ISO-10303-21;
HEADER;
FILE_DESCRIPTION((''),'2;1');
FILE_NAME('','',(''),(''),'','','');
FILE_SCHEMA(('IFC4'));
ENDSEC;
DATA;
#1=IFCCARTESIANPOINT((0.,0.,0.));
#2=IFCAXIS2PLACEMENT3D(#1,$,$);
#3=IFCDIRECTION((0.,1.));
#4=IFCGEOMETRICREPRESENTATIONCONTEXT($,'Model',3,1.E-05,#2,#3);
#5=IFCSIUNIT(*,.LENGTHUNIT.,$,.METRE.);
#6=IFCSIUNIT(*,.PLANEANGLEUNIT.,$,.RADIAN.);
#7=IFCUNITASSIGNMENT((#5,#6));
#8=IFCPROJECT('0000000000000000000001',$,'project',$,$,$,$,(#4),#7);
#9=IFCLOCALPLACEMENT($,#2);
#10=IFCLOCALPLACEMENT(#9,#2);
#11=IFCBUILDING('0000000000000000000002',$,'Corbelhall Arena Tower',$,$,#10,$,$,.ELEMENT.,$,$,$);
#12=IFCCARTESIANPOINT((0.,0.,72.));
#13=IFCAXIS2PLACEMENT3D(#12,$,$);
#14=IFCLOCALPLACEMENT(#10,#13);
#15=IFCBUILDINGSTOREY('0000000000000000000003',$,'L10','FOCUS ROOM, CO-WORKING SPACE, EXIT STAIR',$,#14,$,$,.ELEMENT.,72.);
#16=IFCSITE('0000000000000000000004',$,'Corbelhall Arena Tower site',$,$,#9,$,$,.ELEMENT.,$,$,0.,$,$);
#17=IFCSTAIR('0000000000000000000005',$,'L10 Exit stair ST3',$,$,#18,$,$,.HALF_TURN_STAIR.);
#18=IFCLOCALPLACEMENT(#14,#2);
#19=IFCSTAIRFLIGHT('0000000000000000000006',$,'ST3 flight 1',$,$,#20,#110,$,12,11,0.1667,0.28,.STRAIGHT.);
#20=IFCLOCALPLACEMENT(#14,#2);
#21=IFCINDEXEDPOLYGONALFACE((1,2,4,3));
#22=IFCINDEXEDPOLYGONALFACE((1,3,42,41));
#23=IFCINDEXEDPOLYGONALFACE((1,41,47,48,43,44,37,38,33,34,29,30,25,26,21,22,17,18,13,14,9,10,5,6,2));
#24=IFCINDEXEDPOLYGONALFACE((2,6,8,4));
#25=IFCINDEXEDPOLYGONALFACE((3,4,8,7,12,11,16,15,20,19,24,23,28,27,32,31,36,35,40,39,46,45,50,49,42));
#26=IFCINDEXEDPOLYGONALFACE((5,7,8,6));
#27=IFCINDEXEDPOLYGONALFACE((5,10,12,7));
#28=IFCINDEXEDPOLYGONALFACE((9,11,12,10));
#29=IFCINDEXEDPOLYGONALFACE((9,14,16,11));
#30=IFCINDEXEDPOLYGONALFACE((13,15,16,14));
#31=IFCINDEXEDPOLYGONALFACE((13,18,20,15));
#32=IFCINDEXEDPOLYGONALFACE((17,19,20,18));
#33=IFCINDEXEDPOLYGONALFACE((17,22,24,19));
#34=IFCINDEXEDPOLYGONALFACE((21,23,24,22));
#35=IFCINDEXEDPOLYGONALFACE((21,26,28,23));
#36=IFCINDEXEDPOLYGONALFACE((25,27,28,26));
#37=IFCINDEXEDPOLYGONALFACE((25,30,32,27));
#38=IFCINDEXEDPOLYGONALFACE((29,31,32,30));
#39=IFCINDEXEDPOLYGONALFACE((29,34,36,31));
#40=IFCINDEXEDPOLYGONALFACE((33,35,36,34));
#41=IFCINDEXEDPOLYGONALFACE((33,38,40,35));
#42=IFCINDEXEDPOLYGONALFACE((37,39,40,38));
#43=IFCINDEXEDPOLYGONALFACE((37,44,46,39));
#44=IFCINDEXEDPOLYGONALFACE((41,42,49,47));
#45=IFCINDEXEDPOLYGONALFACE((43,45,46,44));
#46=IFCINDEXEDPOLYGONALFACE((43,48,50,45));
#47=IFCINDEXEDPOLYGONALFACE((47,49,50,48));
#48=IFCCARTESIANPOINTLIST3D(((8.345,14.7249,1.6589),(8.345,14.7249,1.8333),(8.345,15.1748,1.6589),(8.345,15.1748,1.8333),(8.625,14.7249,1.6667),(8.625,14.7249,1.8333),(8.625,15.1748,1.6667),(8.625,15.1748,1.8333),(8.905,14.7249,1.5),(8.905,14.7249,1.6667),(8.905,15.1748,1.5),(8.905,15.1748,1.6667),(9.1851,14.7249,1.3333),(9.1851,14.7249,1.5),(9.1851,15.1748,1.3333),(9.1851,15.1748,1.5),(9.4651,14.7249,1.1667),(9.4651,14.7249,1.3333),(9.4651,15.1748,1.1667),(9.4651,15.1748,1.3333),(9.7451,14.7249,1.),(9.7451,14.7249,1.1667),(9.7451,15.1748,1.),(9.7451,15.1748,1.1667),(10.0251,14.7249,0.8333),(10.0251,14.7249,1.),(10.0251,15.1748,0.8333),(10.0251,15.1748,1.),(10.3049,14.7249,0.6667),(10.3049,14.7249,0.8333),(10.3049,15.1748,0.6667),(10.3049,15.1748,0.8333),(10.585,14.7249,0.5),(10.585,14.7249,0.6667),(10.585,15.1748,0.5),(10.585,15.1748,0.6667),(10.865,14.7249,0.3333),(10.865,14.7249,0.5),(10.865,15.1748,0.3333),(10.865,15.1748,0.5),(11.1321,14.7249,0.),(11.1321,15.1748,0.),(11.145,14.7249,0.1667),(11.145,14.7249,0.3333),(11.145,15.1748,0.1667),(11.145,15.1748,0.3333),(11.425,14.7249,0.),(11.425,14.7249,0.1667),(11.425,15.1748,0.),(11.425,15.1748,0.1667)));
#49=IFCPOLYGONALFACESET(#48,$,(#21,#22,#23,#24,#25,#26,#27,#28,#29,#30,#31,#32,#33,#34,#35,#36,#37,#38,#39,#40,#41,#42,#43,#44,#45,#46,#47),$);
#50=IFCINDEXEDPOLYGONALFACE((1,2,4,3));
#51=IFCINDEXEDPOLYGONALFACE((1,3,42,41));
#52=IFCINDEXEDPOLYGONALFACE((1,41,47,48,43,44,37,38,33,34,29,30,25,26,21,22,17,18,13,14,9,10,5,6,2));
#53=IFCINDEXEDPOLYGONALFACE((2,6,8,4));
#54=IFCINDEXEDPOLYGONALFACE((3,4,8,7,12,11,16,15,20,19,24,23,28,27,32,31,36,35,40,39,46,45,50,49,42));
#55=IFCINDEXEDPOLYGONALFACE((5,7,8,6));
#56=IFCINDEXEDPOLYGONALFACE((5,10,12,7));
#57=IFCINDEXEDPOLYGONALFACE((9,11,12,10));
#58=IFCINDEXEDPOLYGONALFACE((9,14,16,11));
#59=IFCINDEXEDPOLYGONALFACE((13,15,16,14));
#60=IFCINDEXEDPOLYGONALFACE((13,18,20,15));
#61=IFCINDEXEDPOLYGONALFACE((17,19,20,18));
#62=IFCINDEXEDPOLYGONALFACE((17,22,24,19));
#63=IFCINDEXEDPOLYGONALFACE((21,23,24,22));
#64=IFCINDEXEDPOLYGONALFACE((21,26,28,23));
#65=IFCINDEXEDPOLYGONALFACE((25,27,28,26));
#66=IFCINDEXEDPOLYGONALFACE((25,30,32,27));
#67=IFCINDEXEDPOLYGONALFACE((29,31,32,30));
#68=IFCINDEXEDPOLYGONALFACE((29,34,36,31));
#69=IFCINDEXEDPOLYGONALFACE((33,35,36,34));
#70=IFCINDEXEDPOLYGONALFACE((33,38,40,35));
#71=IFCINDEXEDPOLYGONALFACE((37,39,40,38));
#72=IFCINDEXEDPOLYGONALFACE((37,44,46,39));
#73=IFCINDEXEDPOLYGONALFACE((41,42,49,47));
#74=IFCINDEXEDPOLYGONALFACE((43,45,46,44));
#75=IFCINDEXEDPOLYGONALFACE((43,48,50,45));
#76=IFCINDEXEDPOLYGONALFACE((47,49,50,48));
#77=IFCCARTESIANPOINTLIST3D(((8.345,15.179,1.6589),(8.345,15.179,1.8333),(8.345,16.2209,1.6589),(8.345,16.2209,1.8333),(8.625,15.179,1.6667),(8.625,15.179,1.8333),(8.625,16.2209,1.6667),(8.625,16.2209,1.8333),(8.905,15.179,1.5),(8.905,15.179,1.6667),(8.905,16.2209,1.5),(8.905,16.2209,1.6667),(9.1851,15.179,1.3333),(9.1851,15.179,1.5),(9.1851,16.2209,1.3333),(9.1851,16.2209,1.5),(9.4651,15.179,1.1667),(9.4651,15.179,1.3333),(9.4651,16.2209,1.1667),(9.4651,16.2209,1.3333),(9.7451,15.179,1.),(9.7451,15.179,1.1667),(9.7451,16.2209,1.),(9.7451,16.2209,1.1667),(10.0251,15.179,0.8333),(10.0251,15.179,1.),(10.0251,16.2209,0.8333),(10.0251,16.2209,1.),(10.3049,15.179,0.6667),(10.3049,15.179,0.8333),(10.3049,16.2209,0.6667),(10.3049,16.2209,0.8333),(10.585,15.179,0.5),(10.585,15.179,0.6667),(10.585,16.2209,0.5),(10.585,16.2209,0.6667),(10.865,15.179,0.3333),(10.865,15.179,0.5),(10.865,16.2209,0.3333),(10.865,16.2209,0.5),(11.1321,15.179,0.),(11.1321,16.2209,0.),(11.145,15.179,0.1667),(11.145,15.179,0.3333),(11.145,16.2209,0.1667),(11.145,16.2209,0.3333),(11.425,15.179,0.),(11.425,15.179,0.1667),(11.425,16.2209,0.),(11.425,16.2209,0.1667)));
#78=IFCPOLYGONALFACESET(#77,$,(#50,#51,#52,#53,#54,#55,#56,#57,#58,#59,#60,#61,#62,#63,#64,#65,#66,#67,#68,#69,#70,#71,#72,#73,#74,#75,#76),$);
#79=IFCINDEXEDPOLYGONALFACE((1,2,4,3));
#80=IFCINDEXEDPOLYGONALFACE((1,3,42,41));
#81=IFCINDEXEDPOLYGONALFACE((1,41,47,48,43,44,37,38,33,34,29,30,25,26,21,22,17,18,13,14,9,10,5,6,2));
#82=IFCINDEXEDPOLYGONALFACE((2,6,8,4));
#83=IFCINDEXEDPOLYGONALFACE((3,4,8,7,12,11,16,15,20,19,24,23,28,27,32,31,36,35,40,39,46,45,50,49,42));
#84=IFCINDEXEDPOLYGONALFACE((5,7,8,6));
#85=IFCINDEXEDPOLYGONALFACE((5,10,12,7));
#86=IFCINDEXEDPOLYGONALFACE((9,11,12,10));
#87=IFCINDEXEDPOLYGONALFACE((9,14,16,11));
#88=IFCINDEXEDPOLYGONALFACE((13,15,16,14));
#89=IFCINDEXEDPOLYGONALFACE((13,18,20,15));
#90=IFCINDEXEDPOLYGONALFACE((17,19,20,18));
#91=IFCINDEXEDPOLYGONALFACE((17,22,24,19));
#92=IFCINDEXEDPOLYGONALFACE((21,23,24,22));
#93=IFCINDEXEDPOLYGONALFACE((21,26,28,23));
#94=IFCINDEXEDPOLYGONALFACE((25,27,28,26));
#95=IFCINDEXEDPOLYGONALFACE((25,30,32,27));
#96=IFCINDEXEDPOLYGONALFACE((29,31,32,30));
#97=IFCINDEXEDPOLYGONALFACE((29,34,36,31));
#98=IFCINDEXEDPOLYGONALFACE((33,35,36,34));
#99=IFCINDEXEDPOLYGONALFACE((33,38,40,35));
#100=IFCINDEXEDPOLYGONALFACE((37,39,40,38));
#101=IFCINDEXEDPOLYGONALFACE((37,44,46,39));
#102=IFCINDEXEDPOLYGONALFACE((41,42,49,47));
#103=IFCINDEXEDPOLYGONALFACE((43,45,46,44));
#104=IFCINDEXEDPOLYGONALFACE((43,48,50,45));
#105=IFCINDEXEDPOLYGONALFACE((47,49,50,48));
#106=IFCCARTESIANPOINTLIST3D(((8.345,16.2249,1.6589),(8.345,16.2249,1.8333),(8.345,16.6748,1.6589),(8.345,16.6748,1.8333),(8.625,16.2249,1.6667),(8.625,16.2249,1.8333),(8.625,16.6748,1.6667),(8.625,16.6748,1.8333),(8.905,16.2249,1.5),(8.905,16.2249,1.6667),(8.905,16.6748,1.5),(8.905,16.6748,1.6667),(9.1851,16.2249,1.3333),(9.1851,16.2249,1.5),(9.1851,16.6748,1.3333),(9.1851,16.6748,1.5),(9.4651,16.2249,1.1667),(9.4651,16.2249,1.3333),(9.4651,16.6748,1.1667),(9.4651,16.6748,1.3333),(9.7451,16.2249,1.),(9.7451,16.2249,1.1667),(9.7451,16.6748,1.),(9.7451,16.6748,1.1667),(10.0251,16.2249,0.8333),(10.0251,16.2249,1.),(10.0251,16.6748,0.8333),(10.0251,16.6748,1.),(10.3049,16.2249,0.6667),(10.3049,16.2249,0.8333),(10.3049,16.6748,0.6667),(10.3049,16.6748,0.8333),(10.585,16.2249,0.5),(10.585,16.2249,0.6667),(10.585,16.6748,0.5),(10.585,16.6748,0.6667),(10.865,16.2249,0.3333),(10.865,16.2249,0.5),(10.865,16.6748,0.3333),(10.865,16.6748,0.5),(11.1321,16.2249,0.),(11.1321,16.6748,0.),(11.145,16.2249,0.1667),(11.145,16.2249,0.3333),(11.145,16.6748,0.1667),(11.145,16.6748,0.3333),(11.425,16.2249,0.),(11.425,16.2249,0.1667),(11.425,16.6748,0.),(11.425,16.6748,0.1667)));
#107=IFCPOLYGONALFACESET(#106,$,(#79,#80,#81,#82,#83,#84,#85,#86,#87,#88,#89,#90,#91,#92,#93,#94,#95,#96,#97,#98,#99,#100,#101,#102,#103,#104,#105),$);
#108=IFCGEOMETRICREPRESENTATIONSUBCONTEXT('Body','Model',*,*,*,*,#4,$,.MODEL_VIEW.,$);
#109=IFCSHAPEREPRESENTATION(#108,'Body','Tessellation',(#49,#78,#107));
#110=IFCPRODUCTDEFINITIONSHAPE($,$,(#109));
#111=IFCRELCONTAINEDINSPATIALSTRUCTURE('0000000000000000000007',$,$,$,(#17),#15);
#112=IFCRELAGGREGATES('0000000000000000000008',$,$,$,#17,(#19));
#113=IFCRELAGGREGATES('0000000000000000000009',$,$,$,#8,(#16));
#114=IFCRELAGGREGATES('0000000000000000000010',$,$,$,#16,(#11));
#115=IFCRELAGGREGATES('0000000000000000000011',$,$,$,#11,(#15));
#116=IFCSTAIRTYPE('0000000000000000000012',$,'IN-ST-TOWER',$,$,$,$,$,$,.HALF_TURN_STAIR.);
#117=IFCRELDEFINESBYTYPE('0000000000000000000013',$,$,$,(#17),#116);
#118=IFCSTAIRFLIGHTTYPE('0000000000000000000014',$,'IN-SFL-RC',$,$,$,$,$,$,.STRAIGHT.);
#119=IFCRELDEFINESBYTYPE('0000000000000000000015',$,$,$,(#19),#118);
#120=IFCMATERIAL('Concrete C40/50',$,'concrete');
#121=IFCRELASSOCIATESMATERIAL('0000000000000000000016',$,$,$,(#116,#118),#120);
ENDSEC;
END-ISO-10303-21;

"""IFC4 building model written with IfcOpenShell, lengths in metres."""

from ifc_helpers import new_model, si_unit, direction, frame, origin, place, context, subcontext, project, spatial, polyline, outline, extrude, material, type_object, element, aggregate, save


model = new_model("IFC4")

# Units and contexts
model_context = context("Model", 3, precision=1e-05, world=origin(), true_north=direction((0.0, 1.0)))
body_context = subcontext(model_context, "Body", "Model", "MODEL_VIEW")
ifc_project = project(units=[si_unit("LENGTHUNIT", "METRE"), si_unit("PLANEANGLEUNIT", "RADIAN")], contexts=[model_context])

# Site, building, storey
site_placement = place(None, origin())
site = spatial("IfcSite", under=ifc_project, at=site_placement, Name="Corbelhall Arena Tower site", CompositionType="ELEMENT", RefElevation=0.0)
building_placement = place(site_placement, origin())
building = spatial("IfcBuilding", under=site, at=building_placement, Name="Corbelhall Arena Tower", CompositionType="ELEMENT")
storey_placement = place(building_placement, frame((0.0, 0.0, 72.0)))
storey = spatial("IfcBuildingStorey", under=building, at=storey_placement, Name="L10", Description="FOCUS ROOM, CO-WORKING SPACE, EXIT STAIR", CompositionType="ELEMENT", Elevation=72.0)

# Shared definitions
ifc_material_1 = material(Name="Concrete C40/50", Category="concrete")

# Stair, stair flight
stair_type = type_object("IfcStairType", Name="IN-ST-TOWER", PredefinedType="HALF_TURN_STAIR", material=ifc_material_1)
stair_placement = place(storey_placement, origin())
stair = element("IfcStair", 1, at=stair_placement, inside=storey, type_object=stair_type, Name="L10 Exit stair ST3", PredefinedType="HALF_TURN_STAIR")
stair_flight_type = type_object("IfcStairFlightType", Name="IN-SFL-RC", PredefinedType="STRAIGHT", material=ifc_material_1)
stair_flight_1_placement = place(storey_placement, frame((11.425, 15.7, 0.0), z_axis=(0.0, 0.0, 1.0), x_axis=(-1.0, 0.0, 0.0)))
stair_flight_1 = element("IfcStairFlight", 2, at=stair_flight_1_placement, type_object=stair_flight_type, Name="ST3 flight 1", NumberOfRisers=12, NumberOfTreads=11, PredefinedType="STRAIGHT", RiserHeight=0.1667, TreadLength=0.28, context=body_context, shape_type="SweptSolid", body=[
    extrude(outline(polyline([(0.0, 0.0), (0.0, 0.1667), (0.28, 0.1667), (0.28, 0.3333), (0.5601, 0.3333), (0.5601, 0.5), (0.8401, 0.5), (0.8401, 0.6667), (1.1201, 0.6667), (1.1201, 0.8333), (1.3999, 0.8333), (1.3999, 1.0), (1.6799, 1.0), (1.6799, 1.1667), (1.96, 1.1667), (1.96, 1.3333), (2.24, 1.3333), (2.24, 1.5), (2.52, 1.5), (2.52, 1.6667), (2.8, 1.6667), (2.8, 1.8333), (3.0801, 1.8333), (3.0801, 2.0), (3.0801, 1.6589), (0.293, 0.0), (0.0, 0.0)])), frame((0.0, 0.9751, 0.0), z_axis=(0.0, -1.0, 0.0), x_axis=(1.0, 0.0, 0.0)), (0.0, 0.0, 1.0), 0.45),
    extrude(outline(polyline([(0.0, 0.0), (0.0, 0.1667), (0.28, 0.1667), (0.28, 0.3333), (0.5601, 0.3333), (0.5601, 0.5), (0.8401, 0.5), (0.8401, 0.6667), (1.1201, 0.6667), (1.1201, 0.8333), (1.3999, 0.8333), (1.3999, 1.0), (1.6799, 1.0), (1.6799, 1.1667), (1.96, 1.1667), (1.96, 1.3333), (2.24, 1.3333), (2.24, 1.5), (2.52, 1.5), (2.52, 1.6667), (2.8, 1.6667), (2.8, 1.8333), (3.0801, 1.8333), (3.0801, 2.0), (3.0801, 1.6589), (0.293, 0.0), (0.0, 0.0)])), frame((0.0, 0.521, 0.0), z_axis=(0.0, -1.0, 0.0), x_axis=(1.0, 0.0, 0.0)), (0.0, 0.0, 1.0), 1.042),
    extrude(outline(polyline([(0.0, 0.0), (0.0, 0.1667), (0.28, 0.1667), (0.28, 0.3333), (0.5601, 0.3333), (0.5601, 0.5), (0.8401, 0.5), (0.8401, 0.6667), (1.1201, 0.6667), (1.1201, 0.8333), (1.3999, 0.8333), (1.3999, 1.0), (1.6799, 1.0), (1.6799, 1.1667), (1.96, 1.1667), (1.96, 1.3333), (2.24, 1.3333), (2.24, 1.5), (2.52, 1.5), (2.52, 1.6667), (2.8, 1.6667), (2.8, 1.8333), (3.0801, 1.8333), (3.0801, 2.0), (3.0801, 1.6589), (0.293, 0.0), (0.0, 0.0)])), frame((0.0, -0.5249, 0.0), z_axis=(0.0, -1.0, 0.0), x_axis=(1.0, 0.0, 0.0)), (0.0, 0.0, 1.0), 0.45),
])
aggregate(stair, [stair_flight_1])

save(model, "model.ifc")
